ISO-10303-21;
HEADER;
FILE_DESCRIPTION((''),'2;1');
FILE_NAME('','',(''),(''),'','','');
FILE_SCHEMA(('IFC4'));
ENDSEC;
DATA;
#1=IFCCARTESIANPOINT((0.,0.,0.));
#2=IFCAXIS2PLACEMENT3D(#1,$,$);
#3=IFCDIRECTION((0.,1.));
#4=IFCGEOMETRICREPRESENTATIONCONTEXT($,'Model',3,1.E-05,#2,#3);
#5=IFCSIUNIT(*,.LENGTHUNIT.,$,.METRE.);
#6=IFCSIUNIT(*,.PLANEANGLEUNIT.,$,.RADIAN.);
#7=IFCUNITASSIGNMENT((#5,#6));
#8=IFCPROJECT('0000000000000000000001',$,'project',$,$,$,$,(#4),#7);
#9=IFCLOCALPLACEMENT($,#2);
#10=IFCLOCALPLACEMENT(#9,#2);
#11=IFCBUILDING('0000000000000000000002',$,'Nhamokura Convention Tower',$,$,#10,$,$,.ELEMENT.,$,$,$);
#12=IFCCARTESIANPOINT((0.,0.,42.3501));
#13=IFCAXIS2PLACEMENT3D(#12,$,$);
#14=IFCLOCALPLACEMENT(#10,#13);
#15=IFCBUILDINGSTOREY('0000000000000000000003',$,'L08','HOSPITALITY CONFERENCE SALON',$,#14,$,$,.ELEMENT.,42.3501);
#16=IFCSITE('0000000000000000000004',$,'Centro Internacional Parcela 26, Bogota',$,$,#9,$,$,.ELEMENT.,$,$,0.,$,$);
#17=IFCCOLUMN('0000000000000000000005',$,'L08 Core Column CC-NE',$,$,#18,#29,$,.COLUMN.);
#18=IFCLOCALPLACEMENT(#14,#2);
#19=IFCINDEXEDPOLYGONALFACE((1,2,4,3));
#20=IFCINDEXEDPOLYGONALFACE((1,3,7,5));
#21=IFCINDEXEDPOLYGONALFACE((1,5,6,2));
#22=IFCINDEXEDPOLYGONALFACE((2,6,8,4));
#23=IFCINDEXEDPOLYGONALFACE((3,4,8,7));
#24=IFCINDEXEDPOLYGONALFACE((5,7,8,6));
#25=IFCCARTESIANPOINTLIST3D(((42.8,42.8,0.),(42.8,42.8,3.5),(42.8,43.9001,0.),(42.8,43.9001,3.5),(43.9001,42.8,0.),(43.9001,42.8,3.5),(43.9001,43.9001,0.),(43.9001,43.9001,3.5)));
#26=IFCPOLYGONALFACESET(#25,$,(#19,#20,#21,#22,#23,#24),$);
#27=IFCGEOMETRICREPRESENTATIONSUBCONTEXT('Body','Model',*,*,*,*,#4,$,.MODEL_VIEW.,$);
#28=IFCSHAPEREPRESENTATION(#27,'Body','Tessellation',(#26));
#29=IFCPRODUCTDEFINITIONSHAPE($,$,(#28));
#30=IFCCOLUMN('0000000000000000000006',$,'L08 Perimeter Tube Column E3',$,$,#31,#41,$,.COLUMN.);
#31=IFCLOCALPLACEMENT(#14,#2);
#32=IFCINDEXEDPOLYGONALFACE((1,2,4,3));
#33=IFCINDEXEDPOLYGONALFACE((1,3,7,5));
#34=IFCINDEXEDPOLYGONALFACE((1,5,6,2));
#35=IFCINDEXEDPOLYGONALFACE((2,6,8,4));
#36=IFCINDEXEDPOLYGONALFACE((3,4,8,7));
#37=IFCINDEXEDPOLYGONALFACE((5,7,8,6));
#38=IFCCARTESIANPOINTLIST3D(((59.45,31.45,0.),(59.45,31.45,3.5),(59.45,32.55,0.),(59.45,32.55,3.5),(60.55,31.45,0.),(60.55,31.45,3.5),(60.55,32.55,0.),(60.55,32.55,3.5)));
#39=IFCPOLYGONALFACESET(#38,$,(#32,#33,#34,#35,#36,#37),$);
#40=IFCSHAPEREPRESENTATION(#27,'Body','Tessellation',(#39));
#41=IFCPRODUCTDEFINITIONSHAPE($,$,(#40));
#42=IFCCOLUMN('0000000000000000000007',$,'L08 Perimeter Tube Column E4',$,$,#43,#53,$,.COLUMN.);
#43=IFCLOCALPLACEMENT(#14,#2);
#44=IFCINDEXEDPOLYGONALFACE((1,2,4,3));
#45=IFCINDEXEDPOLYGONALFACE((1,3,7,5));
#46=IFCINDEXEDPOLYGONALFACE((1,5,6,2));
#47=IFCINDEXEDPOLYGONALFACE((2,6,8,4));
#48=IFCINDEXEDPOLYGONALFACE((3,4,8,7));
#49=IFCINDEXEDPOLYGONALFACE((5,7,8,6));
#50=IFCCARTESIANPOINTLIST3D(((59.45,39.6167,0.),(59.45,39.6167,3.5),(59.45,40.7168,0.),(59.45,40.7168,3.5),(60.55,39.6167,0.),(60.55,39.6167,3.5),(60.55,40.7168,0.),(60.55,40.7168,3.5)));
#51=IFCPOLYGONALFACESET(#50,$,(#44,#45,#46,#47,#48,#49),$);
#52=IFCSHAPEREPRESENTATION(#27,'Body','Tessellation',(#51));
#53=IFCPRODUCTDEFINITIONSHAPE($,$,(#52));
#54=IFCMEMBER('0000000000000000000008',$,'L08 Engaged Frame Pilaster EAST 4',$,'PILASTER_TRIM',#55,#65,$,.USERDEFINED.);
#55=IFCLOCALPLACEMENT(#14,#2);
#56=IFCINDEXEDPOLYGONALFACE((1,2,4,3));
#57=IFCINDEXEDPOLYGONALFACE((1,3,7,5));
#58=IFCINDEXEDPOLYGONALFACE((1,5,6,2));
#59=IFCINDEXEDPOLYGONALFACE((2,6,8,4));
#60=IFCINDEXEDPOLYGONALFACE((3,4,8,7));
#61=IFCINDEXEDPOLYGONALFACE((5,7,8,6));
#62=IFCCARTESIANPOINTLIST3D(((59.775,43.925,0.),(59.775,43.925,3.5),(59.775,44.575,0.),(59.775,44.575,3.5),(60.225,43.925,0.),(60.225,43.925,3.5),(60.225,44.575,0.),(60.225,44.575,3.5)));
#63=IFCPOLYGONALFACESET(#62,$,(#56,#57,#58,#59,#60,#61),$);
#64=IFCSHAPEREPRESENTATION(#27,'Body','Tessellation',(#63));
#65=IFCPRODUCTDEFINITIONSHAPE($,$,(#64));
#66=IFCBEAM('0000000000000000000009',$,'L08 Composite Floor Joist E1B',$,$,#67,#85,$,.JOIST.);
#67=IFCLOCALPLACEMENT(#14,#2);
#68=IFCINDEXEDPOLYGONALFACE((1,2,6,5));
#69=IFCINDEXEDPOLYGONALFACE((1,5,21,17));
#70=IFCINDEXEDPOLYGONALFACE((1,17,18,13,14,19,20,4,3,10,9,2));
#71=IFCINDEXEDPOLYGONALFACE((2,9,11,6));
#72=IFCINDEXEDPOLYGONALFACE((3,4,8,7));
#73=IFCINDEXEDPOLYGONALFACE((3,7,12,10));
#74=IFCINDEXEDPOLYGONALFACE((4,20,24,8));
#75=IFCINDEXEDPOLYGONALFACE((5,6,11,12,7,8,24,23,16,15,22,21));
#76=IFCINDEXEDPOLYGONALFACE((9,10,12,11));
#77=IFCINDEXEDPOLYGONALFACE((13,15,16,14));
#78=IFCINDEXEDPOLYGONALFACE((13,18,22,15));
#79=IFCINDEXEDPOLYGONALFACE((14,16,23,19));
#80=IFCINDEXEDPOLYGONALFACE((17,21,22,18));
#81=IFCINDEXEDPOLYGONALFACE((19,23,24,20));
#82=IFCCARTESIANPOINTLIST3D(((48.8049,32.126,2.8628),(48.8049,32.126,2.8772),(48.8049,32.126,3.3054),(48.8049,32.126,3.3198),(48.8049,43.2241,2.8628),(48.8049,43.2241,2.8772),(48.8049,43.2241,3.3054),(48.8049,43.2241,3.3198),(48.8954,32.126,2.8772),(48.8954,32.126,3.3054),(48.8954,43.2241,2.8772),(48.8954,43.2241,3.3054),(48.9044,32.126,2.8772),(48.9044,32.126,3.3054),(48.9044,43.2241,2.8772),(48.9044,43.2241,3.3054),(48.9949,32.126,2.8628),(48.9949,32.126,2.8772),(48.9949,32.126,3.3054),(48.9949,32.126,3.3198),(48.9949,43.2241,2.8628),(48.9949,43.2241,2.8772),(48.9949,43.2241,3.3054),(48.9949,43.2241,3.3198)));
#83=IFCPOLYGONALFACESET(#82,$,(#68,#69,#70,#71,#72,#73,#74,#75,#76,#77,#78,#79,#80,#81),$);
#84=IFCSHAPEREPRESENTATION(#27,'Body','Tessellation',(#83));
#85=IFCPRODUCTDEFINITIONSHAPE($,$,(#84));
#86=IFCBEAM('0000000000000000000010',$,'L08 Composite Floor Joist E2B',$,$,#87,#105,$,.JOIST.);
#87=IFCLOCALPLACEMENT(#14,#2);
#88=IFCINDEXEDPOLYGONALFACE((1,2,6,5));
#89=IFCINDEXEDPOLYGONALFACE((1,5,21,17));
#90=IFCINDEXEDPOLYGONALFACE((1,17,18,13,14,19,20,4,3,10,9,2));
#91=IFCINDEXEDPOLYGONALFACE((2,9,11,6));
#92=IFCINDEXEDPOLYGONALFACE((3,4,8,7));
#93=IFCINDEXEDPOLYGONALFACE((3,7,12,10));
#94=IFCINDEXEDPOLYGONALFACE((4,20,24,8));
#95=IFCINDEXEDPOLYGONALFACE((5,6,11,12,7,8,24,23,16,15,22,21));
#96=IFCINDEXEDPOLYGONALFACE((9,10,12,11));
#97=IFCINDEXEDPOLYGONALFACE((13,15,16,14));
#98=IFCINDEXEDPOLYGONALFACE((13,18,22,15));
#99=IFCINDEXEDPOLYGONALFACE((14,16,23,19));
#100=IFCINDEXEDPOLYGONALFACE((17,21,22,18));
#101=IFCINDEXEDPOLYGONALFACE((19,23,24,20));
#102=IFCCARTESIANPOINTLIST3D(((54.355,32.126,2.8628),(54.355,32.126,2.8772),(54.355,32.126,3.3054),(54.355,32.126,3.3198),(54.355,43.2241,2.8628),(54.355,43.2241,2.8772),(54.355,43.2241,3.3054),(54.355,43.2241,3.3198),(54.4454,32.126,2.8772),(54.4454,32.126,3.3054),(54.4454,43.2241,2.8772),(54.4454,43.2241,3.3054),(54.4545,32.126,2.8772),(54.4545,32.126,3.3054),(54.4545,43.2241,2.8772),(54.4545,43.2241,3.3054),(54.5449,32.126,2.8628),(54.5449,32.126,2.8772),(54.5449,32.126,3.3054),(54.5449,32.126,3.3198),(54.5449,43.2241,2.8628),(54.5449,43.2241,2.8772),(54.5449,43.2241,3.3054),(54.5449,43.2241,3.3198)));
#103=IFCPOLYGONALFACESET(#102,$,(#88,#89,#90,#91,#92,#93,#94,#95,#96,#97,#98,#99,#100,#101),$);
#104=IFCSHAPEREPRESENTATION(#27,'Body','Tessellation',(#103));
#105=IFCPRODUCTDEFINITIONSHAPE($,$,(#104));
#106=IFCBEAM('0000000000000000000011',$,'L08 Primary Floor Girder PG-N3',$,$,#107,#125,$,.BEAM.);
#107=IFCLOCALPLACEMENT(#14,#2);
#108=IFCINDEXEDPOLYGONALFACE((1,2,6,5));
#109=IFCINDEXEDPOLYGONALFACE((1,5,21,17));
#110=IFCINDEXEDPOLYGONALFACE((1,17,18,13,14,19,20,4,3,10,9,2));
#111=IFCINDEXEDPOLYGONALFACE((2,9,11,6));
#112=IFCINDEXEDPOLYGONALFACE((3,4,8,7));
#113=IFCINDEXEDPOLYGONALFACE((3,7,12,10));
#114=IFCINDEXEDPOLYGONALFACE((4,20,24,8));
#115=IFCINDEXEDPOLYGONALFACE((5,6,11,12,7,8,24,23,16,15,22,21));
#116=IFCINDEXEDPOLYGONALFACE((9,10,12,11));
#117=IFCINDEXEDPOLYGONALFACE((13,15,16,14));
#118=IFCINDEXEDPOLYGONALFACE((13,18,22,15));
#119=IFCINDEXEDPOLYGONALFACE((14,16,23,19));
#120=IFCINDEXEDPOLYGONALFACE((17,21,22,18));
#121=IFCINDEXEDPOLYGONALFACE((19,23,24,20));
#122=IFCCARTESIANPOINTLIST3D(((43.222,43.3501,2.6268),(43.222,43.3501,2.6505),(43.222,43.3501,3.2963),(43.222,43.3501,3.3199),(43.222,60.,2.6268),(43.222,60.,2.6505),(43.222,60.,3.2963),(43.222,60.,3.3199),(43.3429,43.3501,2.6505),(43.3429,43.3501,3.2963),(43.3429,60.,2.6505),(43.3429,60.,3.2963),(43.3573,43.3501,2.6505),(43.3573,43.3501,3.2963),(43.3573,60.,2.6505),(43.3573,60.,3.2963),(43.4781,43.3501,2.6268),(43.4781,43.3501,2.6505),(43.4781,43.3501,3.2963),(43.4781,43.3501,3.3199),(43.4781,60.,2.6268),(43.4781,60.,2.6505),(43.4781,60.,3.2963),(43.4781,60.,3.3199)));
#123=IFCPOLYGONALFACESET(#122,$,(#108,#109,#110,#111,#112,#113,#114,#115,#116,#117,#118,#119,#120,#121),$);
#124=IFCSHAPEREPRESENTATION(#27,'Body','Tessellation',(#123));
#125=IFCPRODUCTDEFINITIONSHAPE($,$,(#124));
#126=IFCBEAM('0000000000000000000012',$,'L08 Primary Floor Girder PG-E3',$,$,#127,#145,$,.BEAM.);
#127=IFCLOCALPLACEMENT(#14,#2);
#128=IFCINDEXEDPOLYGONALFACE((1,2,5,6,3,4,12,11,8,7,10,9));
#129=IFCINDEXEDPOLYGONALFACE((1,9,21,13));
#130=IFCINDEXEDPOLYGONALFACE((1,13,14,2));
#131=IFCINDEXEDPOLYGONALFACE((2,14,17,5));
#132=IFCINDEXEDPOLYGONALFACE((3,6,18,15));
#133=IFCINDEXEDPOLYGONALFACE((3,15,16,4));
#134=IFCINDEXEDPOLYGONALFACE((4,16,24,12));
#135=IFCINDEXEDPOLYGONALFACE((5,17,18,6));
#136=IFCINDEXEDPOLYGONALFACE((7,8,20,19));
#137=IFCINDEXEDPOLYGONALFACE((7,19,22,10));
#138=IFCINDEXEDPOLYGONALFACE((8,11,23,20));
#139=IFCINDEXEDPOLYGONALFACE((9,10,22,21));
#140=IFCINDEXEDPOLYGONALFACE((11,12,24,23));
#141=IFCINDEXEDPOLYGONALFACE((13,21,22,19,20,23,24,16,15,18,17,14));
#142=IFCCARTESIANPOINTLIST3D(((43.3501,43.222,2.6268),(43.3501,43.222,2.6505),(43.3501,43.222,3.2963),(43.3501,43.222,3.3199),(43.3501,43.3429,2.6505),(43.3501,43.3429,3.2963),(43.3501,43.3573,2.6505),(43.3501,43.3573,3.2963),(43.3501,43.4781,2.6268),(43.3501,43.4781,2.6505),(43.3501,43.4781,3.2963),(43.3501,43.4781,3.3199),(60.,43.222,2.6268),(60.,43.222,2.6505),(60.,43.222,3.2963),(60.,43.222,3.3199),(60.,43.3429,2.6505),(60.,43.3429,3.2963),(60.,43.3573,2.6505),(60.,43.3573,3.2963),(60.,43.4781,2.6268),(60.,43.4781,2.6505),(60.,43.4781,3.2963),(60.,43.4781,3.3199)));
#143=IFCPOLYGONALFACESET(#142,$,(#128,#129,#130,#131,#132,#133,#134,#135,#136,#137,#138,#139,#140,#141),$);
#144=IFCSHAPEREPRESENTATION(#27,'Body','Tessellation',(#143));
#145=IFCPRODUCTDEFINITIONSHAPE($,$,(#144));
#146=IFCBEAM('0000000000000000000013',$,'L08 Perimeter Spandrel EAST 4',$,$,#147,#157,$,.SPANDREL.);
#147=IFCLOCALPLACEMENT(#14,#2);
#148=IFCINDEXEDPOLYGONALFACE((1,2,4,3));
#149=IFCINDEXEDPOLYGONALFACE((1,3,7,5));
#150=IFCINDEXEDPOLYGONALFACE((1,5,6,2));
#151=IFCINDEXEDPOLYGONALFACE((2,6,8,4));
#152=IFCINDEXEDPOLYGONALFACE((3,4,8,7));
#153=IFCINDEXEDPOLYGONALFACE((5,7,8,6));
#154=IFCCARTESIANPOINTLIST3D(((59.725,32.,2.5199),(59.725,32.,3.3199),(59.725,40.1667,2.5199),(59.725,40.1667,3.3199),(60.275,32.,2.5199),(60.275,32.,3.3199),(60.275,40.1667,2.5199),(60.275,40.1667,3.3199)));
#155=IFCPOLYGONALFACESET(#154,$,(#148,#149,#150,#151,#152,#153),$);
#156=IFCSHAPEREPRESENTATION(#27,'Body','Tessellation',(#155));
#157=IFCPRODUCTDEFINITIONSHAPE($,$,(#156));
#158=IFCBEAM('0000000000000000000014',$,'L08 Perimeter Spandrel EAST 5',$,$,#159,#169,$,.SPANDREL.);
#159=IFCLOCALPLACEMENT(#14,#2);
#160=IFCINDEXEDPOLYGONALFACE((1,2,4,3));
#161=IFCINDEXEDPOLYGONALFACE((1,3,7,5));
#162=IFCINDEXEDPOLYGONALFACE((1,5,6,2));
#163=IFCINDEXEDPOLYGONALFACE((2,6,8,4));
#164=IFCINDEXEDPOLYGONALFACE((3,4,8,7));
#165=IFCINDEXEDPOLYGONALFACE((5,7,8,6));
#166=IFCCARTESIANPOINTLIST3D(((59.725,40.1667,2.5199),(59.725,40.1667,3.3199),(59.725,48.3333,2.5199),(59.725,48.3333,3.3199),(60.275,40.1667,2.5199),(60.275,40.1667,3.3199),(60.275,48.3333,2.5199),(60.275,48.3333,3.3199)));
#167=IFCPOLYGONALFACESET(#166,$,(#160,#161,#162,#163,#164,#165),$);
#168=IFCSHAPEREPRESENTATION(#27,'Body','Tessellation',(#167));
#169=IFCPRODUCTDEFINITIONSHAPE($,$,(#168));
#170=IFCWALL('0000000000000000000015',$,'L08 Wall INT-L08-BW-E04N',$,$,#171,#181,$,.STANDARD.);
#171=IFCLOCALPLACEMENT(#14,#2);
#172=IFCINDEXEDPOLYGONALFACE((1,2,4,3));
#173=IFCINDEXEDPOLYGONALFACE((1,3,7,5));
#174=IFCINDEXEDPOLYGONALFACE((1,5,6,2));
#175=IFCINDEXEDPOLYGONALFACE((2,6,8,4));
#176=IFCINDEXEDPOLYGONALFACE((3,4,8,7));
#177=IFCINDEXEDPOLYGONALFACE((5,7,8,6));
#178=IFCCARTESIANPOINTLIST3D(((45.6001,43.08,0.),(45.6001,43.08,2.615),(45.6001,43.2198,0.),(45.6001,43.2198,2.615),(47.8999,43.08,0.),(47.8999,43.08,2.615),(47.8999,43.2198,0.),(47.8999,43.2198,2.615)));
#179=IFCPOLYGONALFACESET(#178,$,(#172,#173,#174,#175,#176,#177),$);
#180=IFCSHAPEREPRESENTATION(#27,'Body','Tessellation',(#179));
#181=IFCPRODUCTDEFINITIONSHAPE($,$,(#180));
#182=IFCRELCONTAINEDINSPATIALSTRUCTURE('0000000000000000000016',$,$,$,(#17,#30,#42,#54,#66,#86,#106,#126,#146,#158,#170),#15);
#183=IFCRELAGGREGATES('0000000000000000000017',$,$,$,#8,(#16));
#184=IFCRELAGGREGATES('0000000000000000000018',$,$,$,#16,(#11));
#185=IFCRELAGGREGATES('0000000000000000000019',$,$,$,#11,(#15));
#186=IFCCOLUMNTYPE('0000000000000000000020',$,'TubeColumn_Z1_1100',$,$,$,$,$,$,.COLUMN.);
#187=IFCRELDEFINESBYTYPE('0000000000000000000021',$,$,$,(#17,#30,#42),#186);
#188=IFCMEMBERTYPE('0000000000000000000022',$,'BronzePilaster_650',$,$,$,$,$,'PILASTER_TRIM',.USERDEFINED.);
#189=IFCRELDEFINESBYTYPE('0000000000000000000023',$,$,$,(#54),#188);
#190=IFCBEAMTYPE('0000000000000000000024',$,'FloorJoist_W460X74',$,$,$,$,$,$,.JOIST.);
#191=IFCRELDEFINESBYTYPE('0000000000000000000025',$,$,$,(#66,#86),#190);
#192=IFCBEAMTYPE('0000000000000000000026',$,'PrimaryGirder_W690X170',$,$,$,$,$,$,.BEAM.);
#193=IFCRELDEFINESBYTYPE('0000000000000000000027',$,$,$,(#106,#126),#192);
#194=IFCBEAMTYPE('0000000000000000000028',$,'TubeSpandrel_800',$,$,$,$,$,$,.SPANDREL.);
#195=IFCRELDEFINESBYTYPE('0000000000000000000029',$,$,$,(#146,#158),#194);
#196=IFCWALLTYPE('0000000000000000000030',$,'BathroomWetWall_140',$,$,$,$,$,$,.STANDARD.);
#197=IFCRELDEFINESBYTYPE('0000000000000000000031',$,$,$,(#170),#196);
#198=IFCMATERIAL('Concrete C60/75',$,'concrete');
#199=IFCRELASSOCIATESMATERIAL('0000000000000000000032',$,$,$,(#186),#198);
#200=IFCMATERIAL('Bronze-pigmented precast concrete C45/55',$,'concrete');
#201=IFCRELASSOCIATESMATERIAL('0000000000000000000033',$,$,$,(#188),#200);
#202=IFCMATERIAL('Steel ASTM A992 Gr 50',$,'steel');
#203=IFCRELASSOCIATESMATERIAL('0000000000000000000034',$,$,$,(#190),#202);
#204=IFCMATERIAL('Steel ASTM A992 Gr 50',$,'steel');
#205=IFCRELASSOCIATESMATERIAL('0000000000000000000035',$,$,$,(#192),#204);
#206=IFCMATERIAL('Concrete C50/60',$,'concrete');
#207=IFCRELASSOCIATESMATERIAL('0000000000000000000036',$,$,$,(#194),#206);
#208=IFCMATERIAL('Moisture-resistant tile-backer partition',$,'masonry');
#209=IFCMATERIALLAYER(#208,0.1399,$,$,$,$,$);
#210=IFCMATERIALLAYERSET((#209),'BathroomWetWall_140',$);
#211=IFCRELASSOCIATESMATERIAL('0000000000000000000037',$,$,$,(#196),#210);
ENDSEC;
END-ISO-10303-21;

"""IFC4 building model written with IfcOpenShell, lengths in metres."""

from ifc_helpers import new_model, si_unit, direction, frame, frame_2d, origin, origin_2d, place, context, subcontext, project, spatial, rectangle, i_section, extrude, material, layer, layer_set, material_profile, profile_set, type_object, element, save


model = new_model("IFC4")

# Units and contexts
model_context = context("Model", 3, precision=1e-05, world=origin(), true_north=direction((0.0, 1.0)))
body_context = subcontext(model_context, "Body", "Model", "MODEL_VIEW")
ifc_project = project(units=[si_unit("LENGTHUNIT", "METRE"), si_unit("PLANEANGLEUNIT", "RADIAN")], contexts=[model_context])

# Site, building, storey
site_placement = place(None, origin())
site = spatial("IfcSite", under=ifc_project, at=site_placement, Name="Centro Internacional Parcela 26, Bogota", CompositionType="ELEMENT", RefElevation=0.0)
building_placement = place(site_placement, origin())
building = spatial("IfcBuilding", under=site, at=building_placement, Name="Nhamokura Convention Tower", CompositionType="ELEMENT")
storey_placement = place(building_placement, frame((0.0, 0.0, 42.3501)))
storey = spatial("IfcBuildingStorey", under=building, at=storey_placement, Name="L08", Description="HOSPITALITY CONFERENCE SALON", CompositionType="ELEMENT", Elevation=42.3501)

# Columns
ifc_material_1 = material(Name="Concrete C60/75", Category="concrete")
ifc_material_profile_1 = material_profile(ifc_material_1, rectangle(XDim=1.1001, YDim=1.1001, at=origin_2d()))
ifc_profile_set_1 = profile_set([ifc_material_profile_1], Name="Concrete C60/75")
column_type = type_object("IfcColumnType", Name="TubeColumn_Z1_1100", PredefinedType="COLUMN", material=ifc_profile_set_1)
for number, where, z_axis, x_axis, name in (
    (1, (43.3501, 43.3501, 0.0), (0.0, 0.0, 1.0), (1.0, 0.0, 0.0), "L08 Core Column CC-NE"),
    (2, (60.0, 32.0, 0.0), (0.0, 0.0, 1.0), (1.0, 0.0, 0.0), "L08 Perimeter Tube Column E3"),
    (3, (60.0, 40.1667, 0.0), (0.0, 0.0, 1.0), (1.0, 0.0, 0.0), "L08 Perimeter Tube Column E4"),
):
    element("IfcColumn", number, at=place(storey_placement, frame(where, z_axis=z_axis, x_axis=x_axis)), inside=storey, type_object=column_type, Name=name, PredefinedType="COLUMN", context=body_context, shape_type="SweptSolid", body=[
        extrude(rectangle(XDim=1.1001, YDim=1.1001, at=origin_2d()), origin(), (0.0, 0.0, 1.0), 3.5),
    ])

# Member
ifc_material_2 = material(Name="Bronze-pigmented precast concrete C45/55", Category="concrete")
ifc_material_profile_2 = material_profile(ifc_material_2, rectangle(XDim=0.45, YDim=0.6499, at=origin_2d()))
ifc_profile_set_2 = profile_set([ifc_material_profile_2], Name="Bronze-pigmented precast concrete C45/55")
member_type = type_object("IfcMemberType", Name="BronzePilaster_650", ElementType="PILASTER_TRIM", PredefinedType="USERDEFINED", material=ifc_profile_set_2)
member_placement = place(storey_placement, frame((60.0, 44.25, 0.0), z_axis=(0.0, 0.0, 1.0), x_axis=(1.0, 0.0, 0.0)))
element("IfcMember", 4, at=member_placement, inside=storey, type_object=member_type, Name="L08 Engaged Frame Pilaster EAST 4", ObjectType="PILASTER_TRIM", PredefinedType="USERDEFINED", context=body_context, shape_type="SweptSolid", body=[
    extrude(rectangle(XDim=0.45, YDim=0.6499, at=origin_2d()), origin(), (0.0, 0.0, 1.0), 3.5),
])

# Beams
ifc_material_3 = material(Name="Steel ASTM A992 Gr 50", Category="steel")
ifc_material_profile_3 = material_profile(ifc_material_3, i_section(OverallWidth=0.1899, OverallDepth=0.457, WebThickness=0.009, FlangeThickness=0.0144, at=origin_2d()))
ifc_profile_set_3 = profile_set([ifc_material_profile_3], Name="Steel ASTM A992 Gr 50")
beam_type_1 = type_object("IfcBeamType", Name="FloorJoist_W460X74", PredefinedType="JOIST", material=ifc_profile_set_3)
for number, where, z_axis, x_axis, name in (
    (5, (48.8999, 32.126, 3.0913), (0.0, 1.0, 0.0), (-1.0, 0.0, 0.0), "L08 Composite Floor Joist E1B"),
    (6, (54.45, 32.126, 3.0913), (0.0, 1.0, 0.0), (-1.0, 0.0, 0.0), "L08 Composite Floor Joist E2B"),
):
    element("IfcBeam", number, at=place(storey_placement, frame(where, z_axis=z_axis, x_axis=x_axis)), inside=storey, type_object=beam_type_1, Name=name, PredefinedType="JOIST", context=body_context, shape_type="SweptSolid", body=[
        extrude(i_section(OverallWidth=0.1899, OverallDepth=0.457, WebThickness=0.009, FlangeThickness=0.0144, at=origin_2d()), origin(), (0.0, 0.0, 1.0), 11.0981),
    ])
ifc_material_4 = material(Name="Steel ASTM A992 Gr 50", Category="steel")
ifc_material_profile_4 = material_profile(ifc_material_4, i_section(OverallWidth=0.2561, OverallDepth=0.6931, WebThickness=0.0144, FlangeThickness=0.0237, at=origin_2d()))
ifc_profile_set_4 = profile_set([ifc_material_profile_4], Name="Steel ASTM A992 Gr 50")
beam_type_2 = type_object("IfcBeamType", Name="PrimaryGirder_W690X170", PredefinedType="BEAM", material=ifc_profile_set_4)
for number, where, z_axis, x_axis, name in (
    (7, (43.3501, 43.3501, 2.9734), (0.0, 1.0, 0.0), (-1.0, 0.0, 0.0), "L08 Primary Floor Girder PG-N3"),
    (8, (43.3501, 43.3501, 2.9734), (1.0, 0.0, 0.0), (0.0, 1.0, 0.0), "L08 Primary Floor Girder PG-E3"),
):
    element("IfcBeam", number, at=place(storey_placement, frame(where, z_axis=z_axis, x_axis=x_axis)), inside=storey, type_object=beam_type_2, Name=name, PredefinedType="BEAM", context=body_context, shape_type="SweptSolid", body=[
        extrude(i_section(OverallWidth=0.2561, OverallDepth=0.6931, WebThickness=0.0144, FlangeThickness=0.0237, at=origin_2d()), origin(), (0.0, 0.0, 1.0), 16.6499),
    ])
ifc_material_5 = material(Name="Concrete C50/60", Category="concrete")
ifc_material_profile_5 = material_profile(ifc_material_5, rectangle(XDim=0.55, YDim=0.8, at=origin_2d()))
ifc_profile_set_5 = profile_set([ifc_material_profile_5], Name="Concrete C50/60")
beam_type_3 = type_object("IfcBeamType", Name="TubeSpandrel_800", PredefinedType="SPANDREL", material=ifc_profile_set_5)
beam_1_placement = place(storey_placement, frame((60.0, 32.0, 2.9199), z_axis=(0.0, 1.0, 0.0), x_axis=(-1.0, 0.0, 0.0)))
element("IfcBeam", 9, at=beam_1_placement, inside=storey, type_object=beam_type_3, Name="L08 Perimeter Spandrel EAST 4", PredefinedType="SPANDREL", context=body_context, shape_type="SweptSolid", body=[
    extrude(rectangle(XDim=0.55, YDim=0.8, at=origin_2d()), origin(), (0.0, 0.0, 1.0), 8.1667),
])
beam_2_placement = place(storey_placement, frame((60.0, 40.1667, 2.9199), z_axis=(0.0, 1.0, 0.0), x_axis=(-1.0, 0.0, 0.0)))
element("IfcBeam", 10, at=beam_2_placement, inside=storey, type_object=beam_type_3, Name="L08 Perimeter Spandrel EAST 5", PredefinedType="SPANDREL", context=body_context, shape_type="SweptSolid", body=[
    extrude(rectangle(XDim=0.55, YDim=0.8, at=origin_2d()), origin(), (0.0, 0.0, 1.0), 8.1665),
])

# Wall
ifc_material_6 = material(Name="Moisture-resistant tile-backer partition", Category="masonry")
ifc_layer_1 = layer(ifc_material_6, 0.1399)
ifc_layer_set_1 = layer_set([ifc_layer_1], Name="BathroomWetWall_140")
wall_type_1 = type_object("IfcWallType", Name="BathroomWetWall_140", PredefinedType="STANDARD", material=ifc_layer_set_1)
wall_1_placement = place(storey_placement, frame((45.6001, 43.1499, 0.0), z_axis=(0.0, 0.0, 1.0), x_axis=(1.0, 0.0, 0.0)))
element("IfcWall", 11, at=wall_1_placement, inside=storey, type_object=wall_type_1, Name="L08 Wall INT-L08-BW-E04N", PredefinedType="STANDARD", context=body_context, shape_type="SweptSolid", body=[
    extrude(rectangle(XDim=2.2998, YDim=0.1399, at=frame_2d((1.1499, 0.0))), origin(), (0.0, 0.0, 1.0), 2.615),
])

save(model, "model.ifc")
